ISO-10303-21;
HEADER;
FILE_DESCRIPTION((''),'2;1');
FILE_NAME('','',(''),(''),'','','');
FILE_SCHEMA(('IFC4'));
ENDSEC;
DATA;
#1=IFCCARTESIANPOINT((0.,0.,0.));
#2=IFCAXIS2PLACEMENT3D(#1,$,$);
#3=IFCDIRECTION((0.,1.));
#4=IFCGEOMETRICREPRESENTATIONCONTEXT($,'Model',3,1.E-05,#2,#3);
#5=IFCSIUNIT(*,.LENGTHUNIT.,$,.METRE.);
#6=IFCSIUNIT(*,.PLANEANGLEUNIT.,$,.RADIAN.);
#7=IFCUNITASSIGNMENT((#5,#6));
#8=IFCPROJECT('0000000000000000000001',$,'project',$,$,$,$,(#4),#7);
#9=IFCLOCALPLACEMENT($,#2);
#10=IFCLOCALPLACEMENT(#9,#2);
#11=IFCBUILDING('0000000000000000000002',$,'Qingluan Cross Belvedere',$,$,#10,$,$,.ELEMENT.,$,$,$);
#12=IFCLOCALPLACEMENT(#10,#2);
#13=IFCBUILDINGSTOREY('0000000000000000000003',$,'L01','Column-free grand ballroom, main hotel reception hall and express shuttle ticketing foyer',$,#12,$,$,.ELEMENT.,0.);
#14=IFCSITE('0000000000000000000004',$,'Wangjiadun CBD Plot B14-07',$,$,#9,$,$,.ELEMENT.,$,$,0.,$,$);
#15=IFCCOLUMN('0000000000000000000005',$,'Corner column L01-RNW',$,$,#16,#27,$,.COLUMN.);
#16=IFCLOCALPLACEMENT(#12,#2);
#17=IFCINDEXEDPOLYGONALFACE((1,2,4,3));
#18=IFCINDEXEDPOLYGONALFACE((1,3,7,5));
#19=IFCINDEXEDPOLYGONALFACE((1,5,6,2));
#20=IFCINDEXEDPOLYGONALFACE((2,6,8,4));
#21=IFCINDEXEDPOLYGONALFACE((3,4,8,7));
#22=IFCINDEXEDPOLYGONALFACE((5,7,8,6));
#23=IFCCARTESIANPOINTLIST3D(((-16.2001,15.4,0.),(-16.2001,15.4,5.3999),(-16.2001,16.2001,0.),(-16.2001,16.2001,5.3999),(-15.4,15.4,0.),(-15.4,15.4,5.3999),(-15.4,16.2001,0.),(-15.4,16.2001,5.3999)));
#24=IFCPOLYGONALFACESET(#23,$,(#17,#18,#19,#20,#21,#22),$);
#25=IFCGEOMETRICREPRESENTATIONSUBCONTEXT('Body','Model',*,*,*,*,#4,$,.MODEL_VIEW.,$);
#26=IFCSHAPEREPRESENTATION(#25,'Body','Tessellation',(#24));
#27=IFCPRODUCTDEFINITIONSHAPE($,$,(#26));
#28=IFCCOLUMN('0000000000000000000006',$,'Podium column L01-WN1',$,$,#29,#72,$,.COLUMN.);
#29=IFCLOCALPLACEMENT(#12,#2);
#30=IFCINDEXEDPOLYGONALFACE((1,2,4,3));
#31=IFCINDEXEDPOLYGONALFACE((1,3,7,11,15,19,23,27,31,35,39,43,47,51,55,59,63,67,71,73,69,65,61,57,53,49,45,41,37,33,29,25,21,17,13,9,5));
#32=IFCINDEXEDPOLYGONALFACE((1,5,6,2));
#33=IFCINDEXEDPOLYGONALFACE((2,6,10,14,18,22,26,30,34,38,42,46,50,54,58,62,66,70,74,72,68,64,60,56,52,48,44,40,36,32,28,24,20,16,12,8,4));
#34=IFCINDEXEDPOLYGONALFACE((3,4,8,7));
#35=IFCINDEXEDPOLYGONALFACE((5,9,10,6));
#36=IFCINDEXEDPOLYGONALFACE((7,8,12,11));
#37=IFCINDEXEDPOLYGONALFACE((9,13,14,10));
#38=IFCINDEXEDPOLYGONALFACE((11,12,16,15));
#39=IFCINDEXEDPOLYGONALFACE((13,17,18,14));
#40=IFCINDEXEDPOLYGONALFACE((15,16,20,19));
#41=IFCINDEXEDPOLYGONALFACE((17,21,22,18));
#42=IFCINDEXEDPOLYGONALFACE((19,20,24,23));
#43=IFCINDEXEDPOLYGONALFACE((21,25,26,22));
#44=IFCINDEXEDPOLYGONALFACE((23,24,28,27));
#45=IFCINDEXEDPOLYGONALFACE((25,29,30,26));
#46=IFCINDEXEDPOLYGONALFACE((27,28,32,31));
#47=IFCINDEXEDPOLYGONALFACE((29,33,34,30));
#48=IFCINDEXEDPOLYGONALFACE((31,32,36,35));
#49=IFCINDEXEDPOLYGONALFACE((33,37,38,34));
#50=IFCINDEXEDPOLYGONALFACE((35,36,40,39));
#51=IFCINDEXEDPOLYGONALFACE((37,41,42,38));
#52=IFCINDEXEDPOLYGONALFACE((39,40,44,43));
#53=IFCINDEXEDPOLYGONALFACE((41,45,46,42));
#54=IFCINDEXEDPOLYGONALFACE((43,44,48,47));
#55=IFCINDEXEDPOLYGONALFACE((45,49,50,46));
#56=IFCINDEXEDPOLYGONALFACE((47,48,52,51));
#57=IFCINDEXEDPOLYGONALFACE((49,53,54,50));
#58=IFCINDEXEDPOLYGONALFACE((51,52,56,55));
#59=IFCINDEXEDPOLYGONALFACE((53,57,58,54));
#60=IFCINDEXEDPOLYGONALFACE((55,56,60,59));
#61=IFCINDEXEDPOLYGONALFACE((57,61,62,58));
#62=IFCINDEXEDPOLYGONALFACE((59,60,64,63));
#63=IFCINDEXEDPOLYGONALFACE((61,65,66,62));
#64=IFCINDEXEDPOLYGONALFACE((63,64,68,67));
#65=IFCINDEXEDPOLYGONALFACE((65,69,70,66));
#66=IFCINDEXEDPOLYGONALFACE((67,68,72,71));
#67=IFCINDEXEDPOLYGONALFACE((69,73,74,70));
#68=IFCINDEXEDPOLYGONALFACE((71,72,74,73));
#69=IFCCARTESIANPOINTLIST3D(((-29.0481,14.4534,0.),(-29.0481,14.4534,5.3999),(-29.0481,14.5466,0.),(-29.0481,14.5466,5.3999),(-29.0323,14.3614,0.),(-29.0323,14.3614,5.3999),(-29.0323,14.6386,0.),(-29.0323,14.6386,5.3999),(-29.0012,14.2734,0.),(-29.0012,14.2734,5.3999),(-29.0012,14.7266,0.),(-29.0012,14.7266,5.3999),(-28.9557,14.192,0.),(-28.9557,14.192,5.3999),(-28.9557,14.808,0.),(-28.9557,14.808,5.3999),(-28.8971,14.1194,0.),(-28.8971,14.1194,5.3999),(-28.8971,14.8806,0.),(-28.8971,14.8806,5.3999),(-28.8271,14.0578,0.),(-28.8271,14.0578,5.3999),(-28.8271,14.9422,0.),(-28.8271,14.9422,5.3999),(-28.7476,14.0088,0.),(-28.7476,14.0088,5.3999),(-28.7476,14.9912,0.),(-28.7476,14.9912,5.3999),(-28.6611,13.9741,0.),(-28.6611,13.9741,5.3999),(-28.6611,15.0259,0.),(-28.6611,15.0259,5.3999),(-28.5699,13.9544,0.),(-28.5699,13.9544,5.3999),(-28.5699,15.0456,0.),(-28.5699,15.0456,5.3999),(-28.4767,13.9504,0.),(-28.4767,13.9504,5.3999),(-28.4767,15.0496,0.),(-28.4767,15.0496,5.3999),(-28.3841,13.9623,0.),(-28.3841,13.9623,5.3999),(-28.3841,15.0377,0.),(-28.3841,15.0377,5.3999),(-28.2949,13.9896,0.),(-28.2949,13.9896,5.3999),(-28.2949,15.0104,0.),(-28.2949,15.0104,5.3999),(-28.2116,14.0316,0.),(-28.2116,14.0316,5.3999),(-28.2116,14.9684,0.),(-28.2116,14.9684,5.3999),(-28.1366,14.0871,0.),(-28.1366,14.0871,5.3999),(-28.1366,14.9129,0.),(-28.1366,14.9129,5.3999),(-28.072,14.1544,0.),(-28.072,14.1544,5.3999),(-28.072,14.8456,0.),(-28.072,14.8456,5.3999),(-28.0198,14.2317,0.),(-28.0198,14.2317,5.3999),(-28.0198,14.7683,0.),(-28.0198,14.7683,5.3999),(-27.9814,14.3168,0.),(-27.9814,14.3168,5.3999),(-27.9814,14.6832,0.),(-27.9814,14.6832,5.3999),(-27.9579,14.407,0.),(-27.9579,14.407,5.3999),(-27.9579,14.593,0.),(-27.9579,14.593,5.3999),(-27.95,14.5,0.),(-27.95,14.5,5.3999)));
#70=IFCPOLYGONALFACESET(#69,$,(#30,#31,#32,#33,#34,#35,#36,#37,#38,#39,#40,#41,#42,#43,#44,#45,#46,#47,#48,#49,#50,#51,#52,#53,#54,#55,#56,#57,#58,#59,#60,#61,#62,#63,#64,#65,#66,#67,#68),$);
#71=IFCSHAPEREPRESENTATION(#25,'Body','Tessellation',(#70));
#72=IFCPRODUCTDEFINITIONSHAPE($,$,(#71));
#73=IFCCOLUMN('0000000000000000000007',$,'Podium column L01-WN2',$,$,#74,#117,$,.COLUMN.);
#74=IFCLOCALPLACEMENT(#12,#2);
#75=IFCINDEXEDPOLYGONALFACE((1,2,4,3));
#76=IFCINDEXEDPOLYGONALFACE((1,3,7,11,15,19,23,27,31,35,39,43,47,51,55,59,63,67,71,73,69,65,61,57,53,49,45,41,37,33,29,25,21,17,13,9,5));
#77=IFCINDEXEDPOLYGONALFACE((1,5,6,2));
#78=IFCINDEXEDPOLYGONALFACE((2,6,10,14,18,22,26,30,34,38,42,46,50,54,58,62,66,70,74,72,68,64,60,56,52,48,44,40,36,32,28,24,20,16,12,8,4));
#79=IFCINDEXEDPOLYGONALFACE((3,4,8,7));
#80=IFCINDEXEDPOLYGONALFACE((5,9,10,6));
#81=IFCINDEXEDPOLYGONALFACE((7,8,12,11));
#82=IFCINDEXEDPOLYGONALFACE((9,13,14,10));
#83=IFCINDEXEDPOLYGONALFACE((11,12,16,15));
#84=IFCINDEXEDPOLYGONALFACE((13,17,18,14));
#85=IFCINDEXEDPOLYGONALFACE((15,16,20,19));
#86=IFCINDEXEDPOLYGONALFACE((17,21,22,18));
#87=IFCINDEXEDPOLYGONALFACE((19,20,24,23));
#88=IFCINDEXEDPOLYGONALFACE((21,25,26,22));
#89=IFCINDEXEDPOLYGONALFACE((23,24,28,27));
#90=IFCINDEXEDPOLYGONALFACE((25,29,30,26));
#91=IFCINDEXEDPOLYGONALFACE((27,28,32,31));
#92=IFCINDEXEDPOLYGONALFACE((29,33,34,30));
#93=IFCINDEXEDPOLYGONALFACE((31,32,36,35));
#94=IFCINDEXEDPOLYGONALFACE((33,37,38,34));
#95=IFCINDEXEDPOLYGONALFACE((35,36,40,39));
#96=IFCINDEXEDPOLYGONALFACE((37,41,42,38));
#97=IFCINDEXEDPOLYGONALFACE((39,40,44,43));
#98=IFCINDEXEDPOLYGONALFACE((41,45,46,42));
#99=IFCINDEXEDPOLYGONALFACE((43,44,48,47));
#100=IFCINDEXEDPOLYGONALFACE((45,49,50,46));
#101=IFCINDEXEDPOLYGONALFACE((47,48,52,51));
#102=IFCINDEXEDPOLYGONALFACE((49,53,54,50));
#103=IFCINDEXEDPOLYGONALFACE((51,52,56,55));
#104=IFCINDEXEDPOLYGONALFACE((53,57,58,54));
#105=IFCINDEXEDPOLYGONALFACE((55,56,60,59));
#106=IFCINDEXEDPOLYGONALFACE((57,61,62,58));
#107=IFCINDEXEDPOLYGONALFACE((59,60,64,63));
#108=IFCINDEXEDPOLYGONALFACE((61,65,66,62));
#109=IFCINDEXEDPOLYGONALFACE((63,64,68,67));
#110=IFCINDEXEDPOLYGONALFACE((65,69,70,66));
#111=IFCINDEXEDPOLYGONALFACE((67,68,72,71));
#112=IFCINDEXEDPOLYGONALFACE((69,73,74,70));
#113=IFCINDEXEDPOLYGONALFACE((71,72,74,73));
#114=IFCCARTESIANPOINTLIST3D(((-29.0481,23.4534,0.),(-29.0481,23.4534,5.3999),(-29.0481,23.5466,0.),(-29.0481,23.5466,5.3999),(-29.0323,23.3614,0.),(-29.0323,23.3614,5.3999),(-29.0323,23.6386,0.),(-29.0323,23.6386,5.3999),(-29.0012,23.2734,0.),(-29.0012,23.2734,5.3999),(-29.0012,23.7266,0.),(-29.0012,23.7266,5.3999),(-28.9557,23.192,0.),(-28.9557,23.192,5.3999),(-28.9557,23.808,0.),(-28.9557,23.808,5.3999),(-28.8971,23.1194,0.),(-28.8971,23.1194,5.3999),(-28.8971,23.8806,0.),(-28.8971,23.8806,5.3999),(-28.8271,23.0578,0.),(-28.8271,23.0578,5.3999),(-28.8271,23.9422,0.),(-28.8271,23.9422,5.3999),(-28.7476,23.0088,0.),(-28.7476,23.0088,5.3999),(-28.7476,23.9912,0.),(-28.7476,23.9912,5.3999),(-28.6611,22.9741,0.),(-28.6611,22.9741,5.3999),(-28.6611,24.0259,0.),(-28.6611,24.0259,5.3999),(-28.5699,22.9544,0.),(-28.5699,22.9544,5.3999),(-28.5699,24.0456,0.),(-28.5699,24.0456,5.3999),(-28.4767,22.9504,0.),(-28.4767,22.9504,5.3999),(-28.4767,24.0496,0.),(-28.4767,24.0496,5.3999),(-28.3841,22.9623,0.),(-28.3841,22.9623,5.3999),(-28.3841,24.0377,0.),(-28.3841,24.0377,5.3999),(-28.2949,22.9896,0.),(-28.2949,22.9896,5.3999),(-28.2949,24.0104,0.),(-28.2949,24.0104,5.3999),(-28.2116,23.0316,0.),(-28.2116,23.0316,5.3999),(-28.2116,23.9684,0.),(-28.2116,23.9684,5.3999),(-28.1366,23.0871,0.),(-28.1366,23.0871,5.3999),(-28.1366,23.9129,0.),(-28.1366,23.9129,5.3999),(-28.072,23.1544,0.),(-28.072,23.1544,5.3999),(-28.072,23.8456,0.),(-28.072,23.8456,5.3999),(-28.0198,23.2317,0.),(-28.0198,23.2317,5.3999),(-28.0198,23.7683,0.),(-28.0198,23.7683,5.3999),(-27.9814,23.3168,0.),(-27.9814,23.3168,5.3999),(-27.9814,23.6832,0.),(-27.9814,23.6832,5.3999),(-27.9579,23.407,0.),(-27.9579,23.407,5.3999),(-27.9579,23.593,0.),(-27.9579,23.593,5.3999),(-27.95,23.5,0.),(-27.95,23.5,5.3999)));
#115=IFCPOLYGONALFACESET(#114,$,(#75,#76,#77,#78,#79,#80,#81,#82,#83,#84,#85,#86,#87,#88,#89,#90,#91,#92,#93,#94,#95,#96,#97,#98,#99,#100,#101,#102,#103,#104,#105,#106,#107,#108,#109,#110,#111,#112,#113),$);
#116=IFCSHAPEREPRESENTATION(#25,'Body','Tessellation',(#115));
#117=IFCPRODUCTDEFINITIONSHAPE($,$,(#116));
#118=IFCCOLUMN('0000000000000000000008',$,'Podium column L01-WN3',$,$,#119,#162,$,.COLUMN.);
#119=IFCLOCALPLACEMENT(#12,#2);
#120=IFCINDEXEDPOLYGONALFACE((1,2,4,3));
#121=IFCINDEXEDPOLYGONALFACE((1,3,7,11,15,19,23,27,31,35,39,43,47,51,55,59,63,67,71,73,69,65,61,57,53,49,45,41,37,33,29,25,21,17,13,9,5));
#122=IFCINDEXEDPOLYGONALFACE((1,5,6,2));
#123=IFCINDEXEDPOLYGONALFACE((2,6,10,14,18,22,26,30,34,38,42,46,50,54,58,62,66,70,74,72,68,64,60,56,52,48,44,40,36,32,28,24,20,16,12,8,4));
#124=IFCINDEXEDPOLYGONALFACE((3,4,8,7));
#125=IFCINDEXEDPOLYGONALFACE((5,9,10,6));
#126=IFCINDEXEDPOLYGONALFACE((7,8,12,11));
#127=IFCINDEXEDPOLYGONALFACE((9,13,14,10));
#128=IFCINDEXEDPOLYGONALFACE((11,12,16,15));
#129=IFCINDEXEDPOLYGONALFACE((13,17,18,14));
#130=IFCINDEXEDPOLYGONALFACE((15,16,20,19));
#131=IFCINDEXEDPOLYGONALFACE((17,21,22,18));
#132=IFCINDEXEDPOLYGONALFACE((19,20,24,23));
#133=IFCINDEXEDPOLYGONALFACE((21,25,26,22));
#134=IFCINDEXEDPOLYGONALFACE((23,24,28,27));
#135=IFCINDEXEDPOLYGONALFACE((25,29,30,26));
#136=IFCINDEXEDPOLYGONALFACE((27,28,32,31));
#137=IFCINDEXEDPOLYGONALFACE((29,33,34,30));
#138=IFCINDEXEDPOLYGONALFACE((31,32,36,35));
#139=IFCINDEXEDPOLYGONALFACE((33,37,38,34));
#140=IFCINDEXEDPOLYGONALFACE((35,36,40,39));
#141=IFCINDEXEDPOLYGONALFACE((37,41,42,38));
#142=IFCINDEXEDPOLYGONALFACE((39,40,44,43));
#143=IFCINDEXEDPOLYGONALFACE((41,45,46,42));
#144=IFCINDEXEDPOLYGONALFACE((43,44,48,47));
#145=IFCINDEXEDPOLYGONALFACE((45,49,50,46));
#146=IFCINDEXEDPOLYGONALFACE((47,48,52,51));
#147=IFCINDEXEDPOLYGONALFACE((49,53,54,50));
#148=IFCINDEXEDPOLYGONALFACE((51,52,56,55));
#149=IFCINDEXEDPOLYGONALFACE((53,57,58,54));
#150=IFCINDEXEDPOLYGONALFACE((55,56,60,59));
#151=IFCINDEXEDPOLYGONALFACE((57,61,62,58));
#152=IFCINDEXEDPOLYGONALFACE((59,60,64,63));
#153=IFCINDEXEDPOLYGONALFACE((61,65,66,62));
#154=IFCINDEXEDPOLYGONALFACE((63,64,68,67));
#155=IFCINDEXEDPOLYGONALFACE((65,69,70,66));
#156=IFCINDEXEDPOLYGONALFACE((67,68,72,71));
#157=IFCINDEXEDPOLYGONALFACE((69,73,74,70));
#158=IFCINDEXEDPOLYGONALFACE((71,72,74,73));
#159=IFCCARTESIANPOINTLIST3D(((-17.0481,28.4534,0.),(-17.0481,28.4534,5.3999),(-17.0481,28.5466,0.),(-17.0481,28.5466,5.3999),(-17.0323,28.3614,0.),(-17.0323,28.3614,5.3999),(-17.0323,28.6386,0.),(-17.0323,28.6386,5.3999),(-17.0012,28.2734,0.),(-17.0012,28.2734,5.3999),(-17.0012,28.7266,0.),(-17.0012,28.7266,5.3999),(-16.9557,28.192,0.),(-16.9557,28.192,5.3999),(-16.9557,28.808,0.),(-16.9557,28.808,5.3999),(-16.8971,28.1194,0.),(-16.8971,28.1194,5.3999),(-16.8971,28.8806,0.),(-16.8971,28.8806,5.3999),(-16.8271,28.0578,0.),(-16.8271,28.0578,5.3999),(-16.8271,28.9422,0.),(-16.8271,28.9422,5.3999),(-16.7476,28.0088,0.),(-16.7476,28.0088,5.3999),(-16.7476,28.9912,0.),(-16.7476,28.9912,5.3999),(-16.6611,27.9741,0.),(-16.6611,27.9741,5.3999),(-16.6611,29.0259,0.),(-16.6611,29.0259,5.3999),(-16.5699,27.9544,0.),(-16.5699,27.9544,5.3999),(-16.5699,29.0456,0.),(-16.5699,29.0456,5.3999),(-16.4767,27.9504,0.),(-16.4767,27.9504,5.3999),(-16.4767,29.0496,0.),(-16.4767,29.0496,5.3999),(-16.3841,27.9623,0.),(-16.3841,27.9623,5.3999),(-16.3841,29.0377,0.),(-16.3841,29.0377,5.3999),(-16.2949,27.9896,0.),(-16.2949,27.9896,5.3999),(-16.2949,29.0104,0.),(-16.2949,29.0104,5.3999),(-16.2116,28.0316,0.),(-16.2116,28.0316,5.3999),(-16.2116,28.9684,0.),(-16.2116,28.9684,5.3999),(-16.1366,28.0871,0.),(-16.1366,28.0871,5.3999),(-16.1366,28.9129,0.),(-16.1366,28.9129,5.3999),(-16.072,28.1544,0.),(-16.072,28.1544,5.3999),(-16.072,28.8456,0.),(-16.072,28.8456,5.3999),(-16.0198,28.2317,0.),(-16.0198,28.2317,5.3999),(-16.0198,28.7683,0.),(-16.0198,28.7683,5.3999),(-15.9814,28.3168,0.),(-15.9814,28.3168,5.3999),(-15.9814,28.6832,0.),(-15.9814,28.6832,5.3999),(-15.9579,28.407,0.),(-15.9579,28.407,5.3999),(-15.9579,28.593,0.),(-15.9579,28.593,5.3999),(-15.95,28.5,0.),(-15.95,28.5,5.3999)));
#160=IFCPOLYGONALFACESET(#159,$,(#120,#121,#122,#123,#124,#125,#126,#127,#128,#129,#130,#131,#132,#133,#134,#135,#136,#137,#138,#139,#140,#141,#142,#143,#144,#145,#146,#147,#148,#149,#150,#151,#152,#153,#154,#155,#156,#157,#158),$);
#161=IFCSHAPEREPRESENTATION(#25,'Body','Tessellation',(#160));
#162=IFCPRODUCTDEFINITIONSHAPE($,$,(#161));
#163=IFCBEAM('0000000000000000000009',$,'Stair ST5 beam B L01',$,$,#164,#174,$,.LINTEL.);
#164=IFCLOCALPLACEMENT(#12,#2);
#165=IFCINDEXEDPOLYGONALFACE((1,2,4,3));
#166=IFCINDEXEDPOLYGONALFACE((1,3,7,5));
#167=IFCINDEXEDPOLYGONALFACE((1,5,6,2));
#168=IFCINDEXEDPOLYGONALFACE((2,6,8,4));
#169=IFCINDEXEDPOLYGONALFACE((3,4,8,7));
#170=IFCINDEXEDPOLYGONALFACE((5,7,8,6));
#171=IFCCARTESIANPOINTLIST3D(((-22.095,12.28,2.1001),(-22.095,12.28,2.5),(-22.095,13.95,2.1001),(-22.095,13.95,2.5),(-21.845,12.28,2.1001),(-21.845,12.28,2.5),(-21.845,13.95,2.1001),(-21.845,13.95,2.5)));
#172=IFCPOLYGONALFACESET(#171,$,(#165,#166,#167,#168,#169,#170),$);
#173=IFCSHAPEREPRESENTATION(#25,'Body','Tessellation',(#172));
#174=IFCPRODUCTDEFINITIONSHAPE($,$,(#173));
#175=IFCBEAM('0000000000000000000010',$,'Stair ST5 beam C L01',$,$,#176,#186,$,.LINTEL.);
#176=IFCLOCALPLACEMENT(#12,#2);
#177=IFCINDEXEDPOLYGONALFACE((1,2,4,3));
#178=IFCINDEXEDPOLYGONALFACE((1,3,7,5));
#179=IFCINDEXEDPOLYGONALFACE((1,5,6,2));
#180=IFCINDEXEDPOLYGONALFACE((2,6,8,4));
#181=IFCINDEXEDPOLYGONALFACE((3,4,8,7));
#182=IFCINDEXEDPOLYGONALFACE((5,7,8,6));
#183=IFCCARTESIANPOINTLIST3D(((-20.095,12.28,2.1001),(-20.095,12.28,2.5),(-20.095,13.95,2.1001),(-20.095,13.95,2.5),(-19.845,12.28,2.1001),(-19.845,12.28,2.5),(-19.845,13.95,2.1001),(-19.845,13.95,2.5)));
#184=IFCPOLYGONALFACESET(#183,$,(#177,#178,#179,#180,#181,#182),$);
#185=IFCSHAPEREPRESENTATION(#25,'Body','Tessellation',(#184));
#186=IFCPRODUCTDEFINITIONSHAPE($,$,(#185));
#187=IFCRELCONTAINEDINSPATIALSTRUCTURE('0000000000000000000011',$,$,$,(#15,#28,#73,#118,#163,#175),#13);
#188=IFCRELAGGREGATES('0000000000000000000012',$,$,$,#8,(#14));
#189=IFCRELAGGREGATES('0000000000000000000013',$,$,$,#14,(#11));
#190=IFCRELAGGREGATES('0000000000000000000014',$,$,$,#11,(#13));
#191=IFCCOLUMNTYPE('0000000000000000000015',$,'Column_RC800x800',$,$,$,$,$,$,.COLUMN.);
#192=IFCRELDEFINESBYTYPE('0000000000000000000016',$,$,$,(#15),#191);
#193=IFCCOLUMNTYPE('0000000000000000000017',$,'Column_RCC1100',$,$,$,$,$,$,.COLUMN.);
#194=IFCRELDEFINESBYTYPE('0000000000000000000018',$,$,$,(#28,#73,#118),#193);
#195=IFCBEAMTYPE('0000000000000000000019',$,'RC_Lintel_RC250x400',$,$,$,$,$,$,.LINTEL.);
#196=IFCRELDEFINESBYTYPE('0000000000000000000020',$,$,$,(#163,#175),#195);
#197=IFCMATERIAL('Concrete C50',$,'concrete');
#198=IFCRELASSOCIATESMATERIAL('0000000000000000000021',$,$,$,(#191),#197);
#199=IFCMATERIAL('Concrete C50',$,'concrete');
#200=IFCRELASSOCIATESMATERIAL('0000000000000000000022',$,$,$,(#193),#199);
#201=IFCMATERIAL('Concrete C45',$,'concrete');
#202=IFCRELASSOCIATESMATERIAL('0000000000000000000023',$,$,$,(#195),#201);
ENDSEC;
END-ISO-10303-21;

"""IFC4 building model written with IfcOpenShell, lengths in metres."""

from ifc_helpers import new_model, si_unit, direction, frame, origin, origin_2d, place, context, subcontext, project, spatial, rectangle, circle, extrude, material, material_profile, profile_set, type_object, element, save


model = new_model("IFC4")

# Units and contexts
model_context = context("Model", 3, precision=1e-05, world=origin(), true_north=direction((0.0, 1.0)))
body_context = subcontext(model_context, "Body", "Model", "MODEL_VIEW")
ifc_project = project(units=[si_unit("LENGTHUNIT", "METRE"), si_unit("PLANEANGLEUNIT", "RADIAN")], contexts=[model_context])

# Site, building, storey
site_placement = place(None, origin())
site = spatial("IfcSite", under=ifc_project, at=site_placement, Name="Wangjiadun CBD Plot B14-07", CompositionType="ELEMENT", RefElevation=0.0)
building_placement = place(site_placement, origin())
building = spatial("IfcBuilding", under=site, at=building_placement, Name="Qingluan Cross Belvedere", CompositionType="ELEMENT")
storey_placement = place(building_placement, origin())
storey = spatial("IfcBuildingStorey", under=building, at=storey_placement, Name="L01", Description="Column-free grand ballroom, main hotel reception hall and express shuttle ticketing foyer", CompositionType="ELEMENT", Elevation=0.0)

# Columns
ifc_material_1 = material(Name="Concrete C50", Category="concrete")
ifc_material_profile_1 = material_profile(ifc_material_1, rectangle(XDim=0.8, YDim=0.8, at=origin_2d()), Name="RC800x800")
ifc_profile_set_1 = profile_set([ifc_material_profile_1], Name="Concrete C50")
column_type_1 = type_object("IfcColumnType", Name="Column_RC800x800", PredefinedType="COLUMN", material=ifc_profile_set_1)
column_placement = place(storey_placement, frame((-15.8, 15.8, 0.0), z_axis=(0.0, 0.0, 1.0), x_axis=(1.0, 0.0, 0.0)))
element("IfcColumn", 1, at=column_placement, inside=storey, type_object=column_type_1, Name="Corner column L01-RNW", PredefinedType="COLUMN", context=body_context, shape_type="SweptSolid", body=[
    extrude(rectangle(XDim=0.8, YDim=0.8, at=origin_2d()), origin(), (0.0, 0.0, 1.0), 5.3999),
])
ifc_material_2 = material(Name="Concrete C50", Category="concrete")
ifc_material_profile_2 = material_profile(ifc_material_2, circle(Radius=0.55, at=origin_2d()), Name="RCC1100")
ifc_profile_set_2 = profile_set([ifc_material_profile_2], Name="Concrete C50")
column_type_2 = type_object("IfcColumnType", Name="Column_RCC1100", PredefinedType="COLUMN", material=ifc_profile_set_2)
for number, where, z_axis, x_axis, name in (
    (2, (-28.5, 14.5, 0.0), (0.0, 0.0, 1.0), (1.0, 0.0, 0.0), "Podium column L01-WN1"),
    (3, (-28.5, 23.5, 0.0), (0.0, 0.0, 1.0), (1.0, 0.0, 0.0), "Podium column L01-WN2"),
    (4, (-16.5, 28.5, 0.0), (0.0, 0.0, 1.0), (1.0, 0.0, 0.0), "Podium column L01-WN3"),
):
    element("IfcColumn", number, at=place(storey_placement, frame(where, z_axis=z_axis, x_axis=x_axis)), inside=storey, type_object=column_type_2, Name=name, PredefinedType="COLUMN", context=body_context, shape_type="SweptSolid", body=[
        extrude(circle(Radius=0.55, at=origin_2d()), origin(), (0.0, 0.0, 1.0), 5.3999),
    ])

# Beams
ifc_material_3 = material(Name="Concrete C45", Category="concrete")
ifc_material_profile_3 = material_profile(ifc_material_3, rectangle(XDim=0.25, YDim=0.3999, at=origin_2d()), Name="RC250x400")
ifc_profile_set_3 = profile_set([ifc_material_profile_3], Name="Concrete C45")
beam_type_1 = type_object("IfcBeamType", Name="RC_Lintel_RC250x400", PredefinedType="LINTEL", material=ifc_profile_set_3)
for number, where, z_axis, x_axis, name in (
    (5, (-21.97, 13.95, 2.3), (0.0, -1.0, 0.0), (1.0, 0.0, 0.0), "Stair ST5 beam B L01"),
    (6, (-19.97, 13.95, 2.3), (0.0, -1.0, 0.0), (1.0, 0.0, 0.0), "Stair ST5 beam C L01"),
):
    element("IfcBeam", number, at=place(storey_placement, frame(where, z_axis=z_axis, x_axis=x_axis)), inside=storey, type_object=beam_type_1, Name=name, PredefinedType="LINTEL", context=body_context, shape_type="SweptSolid", body=[
        extrude(rectangle(XDim=0.25, YDim=0.3999, at=origin_2d()), origin(), (0.0, 0.0, 1.0), 1.6699),
    ])

save(model, "model.ifc")
